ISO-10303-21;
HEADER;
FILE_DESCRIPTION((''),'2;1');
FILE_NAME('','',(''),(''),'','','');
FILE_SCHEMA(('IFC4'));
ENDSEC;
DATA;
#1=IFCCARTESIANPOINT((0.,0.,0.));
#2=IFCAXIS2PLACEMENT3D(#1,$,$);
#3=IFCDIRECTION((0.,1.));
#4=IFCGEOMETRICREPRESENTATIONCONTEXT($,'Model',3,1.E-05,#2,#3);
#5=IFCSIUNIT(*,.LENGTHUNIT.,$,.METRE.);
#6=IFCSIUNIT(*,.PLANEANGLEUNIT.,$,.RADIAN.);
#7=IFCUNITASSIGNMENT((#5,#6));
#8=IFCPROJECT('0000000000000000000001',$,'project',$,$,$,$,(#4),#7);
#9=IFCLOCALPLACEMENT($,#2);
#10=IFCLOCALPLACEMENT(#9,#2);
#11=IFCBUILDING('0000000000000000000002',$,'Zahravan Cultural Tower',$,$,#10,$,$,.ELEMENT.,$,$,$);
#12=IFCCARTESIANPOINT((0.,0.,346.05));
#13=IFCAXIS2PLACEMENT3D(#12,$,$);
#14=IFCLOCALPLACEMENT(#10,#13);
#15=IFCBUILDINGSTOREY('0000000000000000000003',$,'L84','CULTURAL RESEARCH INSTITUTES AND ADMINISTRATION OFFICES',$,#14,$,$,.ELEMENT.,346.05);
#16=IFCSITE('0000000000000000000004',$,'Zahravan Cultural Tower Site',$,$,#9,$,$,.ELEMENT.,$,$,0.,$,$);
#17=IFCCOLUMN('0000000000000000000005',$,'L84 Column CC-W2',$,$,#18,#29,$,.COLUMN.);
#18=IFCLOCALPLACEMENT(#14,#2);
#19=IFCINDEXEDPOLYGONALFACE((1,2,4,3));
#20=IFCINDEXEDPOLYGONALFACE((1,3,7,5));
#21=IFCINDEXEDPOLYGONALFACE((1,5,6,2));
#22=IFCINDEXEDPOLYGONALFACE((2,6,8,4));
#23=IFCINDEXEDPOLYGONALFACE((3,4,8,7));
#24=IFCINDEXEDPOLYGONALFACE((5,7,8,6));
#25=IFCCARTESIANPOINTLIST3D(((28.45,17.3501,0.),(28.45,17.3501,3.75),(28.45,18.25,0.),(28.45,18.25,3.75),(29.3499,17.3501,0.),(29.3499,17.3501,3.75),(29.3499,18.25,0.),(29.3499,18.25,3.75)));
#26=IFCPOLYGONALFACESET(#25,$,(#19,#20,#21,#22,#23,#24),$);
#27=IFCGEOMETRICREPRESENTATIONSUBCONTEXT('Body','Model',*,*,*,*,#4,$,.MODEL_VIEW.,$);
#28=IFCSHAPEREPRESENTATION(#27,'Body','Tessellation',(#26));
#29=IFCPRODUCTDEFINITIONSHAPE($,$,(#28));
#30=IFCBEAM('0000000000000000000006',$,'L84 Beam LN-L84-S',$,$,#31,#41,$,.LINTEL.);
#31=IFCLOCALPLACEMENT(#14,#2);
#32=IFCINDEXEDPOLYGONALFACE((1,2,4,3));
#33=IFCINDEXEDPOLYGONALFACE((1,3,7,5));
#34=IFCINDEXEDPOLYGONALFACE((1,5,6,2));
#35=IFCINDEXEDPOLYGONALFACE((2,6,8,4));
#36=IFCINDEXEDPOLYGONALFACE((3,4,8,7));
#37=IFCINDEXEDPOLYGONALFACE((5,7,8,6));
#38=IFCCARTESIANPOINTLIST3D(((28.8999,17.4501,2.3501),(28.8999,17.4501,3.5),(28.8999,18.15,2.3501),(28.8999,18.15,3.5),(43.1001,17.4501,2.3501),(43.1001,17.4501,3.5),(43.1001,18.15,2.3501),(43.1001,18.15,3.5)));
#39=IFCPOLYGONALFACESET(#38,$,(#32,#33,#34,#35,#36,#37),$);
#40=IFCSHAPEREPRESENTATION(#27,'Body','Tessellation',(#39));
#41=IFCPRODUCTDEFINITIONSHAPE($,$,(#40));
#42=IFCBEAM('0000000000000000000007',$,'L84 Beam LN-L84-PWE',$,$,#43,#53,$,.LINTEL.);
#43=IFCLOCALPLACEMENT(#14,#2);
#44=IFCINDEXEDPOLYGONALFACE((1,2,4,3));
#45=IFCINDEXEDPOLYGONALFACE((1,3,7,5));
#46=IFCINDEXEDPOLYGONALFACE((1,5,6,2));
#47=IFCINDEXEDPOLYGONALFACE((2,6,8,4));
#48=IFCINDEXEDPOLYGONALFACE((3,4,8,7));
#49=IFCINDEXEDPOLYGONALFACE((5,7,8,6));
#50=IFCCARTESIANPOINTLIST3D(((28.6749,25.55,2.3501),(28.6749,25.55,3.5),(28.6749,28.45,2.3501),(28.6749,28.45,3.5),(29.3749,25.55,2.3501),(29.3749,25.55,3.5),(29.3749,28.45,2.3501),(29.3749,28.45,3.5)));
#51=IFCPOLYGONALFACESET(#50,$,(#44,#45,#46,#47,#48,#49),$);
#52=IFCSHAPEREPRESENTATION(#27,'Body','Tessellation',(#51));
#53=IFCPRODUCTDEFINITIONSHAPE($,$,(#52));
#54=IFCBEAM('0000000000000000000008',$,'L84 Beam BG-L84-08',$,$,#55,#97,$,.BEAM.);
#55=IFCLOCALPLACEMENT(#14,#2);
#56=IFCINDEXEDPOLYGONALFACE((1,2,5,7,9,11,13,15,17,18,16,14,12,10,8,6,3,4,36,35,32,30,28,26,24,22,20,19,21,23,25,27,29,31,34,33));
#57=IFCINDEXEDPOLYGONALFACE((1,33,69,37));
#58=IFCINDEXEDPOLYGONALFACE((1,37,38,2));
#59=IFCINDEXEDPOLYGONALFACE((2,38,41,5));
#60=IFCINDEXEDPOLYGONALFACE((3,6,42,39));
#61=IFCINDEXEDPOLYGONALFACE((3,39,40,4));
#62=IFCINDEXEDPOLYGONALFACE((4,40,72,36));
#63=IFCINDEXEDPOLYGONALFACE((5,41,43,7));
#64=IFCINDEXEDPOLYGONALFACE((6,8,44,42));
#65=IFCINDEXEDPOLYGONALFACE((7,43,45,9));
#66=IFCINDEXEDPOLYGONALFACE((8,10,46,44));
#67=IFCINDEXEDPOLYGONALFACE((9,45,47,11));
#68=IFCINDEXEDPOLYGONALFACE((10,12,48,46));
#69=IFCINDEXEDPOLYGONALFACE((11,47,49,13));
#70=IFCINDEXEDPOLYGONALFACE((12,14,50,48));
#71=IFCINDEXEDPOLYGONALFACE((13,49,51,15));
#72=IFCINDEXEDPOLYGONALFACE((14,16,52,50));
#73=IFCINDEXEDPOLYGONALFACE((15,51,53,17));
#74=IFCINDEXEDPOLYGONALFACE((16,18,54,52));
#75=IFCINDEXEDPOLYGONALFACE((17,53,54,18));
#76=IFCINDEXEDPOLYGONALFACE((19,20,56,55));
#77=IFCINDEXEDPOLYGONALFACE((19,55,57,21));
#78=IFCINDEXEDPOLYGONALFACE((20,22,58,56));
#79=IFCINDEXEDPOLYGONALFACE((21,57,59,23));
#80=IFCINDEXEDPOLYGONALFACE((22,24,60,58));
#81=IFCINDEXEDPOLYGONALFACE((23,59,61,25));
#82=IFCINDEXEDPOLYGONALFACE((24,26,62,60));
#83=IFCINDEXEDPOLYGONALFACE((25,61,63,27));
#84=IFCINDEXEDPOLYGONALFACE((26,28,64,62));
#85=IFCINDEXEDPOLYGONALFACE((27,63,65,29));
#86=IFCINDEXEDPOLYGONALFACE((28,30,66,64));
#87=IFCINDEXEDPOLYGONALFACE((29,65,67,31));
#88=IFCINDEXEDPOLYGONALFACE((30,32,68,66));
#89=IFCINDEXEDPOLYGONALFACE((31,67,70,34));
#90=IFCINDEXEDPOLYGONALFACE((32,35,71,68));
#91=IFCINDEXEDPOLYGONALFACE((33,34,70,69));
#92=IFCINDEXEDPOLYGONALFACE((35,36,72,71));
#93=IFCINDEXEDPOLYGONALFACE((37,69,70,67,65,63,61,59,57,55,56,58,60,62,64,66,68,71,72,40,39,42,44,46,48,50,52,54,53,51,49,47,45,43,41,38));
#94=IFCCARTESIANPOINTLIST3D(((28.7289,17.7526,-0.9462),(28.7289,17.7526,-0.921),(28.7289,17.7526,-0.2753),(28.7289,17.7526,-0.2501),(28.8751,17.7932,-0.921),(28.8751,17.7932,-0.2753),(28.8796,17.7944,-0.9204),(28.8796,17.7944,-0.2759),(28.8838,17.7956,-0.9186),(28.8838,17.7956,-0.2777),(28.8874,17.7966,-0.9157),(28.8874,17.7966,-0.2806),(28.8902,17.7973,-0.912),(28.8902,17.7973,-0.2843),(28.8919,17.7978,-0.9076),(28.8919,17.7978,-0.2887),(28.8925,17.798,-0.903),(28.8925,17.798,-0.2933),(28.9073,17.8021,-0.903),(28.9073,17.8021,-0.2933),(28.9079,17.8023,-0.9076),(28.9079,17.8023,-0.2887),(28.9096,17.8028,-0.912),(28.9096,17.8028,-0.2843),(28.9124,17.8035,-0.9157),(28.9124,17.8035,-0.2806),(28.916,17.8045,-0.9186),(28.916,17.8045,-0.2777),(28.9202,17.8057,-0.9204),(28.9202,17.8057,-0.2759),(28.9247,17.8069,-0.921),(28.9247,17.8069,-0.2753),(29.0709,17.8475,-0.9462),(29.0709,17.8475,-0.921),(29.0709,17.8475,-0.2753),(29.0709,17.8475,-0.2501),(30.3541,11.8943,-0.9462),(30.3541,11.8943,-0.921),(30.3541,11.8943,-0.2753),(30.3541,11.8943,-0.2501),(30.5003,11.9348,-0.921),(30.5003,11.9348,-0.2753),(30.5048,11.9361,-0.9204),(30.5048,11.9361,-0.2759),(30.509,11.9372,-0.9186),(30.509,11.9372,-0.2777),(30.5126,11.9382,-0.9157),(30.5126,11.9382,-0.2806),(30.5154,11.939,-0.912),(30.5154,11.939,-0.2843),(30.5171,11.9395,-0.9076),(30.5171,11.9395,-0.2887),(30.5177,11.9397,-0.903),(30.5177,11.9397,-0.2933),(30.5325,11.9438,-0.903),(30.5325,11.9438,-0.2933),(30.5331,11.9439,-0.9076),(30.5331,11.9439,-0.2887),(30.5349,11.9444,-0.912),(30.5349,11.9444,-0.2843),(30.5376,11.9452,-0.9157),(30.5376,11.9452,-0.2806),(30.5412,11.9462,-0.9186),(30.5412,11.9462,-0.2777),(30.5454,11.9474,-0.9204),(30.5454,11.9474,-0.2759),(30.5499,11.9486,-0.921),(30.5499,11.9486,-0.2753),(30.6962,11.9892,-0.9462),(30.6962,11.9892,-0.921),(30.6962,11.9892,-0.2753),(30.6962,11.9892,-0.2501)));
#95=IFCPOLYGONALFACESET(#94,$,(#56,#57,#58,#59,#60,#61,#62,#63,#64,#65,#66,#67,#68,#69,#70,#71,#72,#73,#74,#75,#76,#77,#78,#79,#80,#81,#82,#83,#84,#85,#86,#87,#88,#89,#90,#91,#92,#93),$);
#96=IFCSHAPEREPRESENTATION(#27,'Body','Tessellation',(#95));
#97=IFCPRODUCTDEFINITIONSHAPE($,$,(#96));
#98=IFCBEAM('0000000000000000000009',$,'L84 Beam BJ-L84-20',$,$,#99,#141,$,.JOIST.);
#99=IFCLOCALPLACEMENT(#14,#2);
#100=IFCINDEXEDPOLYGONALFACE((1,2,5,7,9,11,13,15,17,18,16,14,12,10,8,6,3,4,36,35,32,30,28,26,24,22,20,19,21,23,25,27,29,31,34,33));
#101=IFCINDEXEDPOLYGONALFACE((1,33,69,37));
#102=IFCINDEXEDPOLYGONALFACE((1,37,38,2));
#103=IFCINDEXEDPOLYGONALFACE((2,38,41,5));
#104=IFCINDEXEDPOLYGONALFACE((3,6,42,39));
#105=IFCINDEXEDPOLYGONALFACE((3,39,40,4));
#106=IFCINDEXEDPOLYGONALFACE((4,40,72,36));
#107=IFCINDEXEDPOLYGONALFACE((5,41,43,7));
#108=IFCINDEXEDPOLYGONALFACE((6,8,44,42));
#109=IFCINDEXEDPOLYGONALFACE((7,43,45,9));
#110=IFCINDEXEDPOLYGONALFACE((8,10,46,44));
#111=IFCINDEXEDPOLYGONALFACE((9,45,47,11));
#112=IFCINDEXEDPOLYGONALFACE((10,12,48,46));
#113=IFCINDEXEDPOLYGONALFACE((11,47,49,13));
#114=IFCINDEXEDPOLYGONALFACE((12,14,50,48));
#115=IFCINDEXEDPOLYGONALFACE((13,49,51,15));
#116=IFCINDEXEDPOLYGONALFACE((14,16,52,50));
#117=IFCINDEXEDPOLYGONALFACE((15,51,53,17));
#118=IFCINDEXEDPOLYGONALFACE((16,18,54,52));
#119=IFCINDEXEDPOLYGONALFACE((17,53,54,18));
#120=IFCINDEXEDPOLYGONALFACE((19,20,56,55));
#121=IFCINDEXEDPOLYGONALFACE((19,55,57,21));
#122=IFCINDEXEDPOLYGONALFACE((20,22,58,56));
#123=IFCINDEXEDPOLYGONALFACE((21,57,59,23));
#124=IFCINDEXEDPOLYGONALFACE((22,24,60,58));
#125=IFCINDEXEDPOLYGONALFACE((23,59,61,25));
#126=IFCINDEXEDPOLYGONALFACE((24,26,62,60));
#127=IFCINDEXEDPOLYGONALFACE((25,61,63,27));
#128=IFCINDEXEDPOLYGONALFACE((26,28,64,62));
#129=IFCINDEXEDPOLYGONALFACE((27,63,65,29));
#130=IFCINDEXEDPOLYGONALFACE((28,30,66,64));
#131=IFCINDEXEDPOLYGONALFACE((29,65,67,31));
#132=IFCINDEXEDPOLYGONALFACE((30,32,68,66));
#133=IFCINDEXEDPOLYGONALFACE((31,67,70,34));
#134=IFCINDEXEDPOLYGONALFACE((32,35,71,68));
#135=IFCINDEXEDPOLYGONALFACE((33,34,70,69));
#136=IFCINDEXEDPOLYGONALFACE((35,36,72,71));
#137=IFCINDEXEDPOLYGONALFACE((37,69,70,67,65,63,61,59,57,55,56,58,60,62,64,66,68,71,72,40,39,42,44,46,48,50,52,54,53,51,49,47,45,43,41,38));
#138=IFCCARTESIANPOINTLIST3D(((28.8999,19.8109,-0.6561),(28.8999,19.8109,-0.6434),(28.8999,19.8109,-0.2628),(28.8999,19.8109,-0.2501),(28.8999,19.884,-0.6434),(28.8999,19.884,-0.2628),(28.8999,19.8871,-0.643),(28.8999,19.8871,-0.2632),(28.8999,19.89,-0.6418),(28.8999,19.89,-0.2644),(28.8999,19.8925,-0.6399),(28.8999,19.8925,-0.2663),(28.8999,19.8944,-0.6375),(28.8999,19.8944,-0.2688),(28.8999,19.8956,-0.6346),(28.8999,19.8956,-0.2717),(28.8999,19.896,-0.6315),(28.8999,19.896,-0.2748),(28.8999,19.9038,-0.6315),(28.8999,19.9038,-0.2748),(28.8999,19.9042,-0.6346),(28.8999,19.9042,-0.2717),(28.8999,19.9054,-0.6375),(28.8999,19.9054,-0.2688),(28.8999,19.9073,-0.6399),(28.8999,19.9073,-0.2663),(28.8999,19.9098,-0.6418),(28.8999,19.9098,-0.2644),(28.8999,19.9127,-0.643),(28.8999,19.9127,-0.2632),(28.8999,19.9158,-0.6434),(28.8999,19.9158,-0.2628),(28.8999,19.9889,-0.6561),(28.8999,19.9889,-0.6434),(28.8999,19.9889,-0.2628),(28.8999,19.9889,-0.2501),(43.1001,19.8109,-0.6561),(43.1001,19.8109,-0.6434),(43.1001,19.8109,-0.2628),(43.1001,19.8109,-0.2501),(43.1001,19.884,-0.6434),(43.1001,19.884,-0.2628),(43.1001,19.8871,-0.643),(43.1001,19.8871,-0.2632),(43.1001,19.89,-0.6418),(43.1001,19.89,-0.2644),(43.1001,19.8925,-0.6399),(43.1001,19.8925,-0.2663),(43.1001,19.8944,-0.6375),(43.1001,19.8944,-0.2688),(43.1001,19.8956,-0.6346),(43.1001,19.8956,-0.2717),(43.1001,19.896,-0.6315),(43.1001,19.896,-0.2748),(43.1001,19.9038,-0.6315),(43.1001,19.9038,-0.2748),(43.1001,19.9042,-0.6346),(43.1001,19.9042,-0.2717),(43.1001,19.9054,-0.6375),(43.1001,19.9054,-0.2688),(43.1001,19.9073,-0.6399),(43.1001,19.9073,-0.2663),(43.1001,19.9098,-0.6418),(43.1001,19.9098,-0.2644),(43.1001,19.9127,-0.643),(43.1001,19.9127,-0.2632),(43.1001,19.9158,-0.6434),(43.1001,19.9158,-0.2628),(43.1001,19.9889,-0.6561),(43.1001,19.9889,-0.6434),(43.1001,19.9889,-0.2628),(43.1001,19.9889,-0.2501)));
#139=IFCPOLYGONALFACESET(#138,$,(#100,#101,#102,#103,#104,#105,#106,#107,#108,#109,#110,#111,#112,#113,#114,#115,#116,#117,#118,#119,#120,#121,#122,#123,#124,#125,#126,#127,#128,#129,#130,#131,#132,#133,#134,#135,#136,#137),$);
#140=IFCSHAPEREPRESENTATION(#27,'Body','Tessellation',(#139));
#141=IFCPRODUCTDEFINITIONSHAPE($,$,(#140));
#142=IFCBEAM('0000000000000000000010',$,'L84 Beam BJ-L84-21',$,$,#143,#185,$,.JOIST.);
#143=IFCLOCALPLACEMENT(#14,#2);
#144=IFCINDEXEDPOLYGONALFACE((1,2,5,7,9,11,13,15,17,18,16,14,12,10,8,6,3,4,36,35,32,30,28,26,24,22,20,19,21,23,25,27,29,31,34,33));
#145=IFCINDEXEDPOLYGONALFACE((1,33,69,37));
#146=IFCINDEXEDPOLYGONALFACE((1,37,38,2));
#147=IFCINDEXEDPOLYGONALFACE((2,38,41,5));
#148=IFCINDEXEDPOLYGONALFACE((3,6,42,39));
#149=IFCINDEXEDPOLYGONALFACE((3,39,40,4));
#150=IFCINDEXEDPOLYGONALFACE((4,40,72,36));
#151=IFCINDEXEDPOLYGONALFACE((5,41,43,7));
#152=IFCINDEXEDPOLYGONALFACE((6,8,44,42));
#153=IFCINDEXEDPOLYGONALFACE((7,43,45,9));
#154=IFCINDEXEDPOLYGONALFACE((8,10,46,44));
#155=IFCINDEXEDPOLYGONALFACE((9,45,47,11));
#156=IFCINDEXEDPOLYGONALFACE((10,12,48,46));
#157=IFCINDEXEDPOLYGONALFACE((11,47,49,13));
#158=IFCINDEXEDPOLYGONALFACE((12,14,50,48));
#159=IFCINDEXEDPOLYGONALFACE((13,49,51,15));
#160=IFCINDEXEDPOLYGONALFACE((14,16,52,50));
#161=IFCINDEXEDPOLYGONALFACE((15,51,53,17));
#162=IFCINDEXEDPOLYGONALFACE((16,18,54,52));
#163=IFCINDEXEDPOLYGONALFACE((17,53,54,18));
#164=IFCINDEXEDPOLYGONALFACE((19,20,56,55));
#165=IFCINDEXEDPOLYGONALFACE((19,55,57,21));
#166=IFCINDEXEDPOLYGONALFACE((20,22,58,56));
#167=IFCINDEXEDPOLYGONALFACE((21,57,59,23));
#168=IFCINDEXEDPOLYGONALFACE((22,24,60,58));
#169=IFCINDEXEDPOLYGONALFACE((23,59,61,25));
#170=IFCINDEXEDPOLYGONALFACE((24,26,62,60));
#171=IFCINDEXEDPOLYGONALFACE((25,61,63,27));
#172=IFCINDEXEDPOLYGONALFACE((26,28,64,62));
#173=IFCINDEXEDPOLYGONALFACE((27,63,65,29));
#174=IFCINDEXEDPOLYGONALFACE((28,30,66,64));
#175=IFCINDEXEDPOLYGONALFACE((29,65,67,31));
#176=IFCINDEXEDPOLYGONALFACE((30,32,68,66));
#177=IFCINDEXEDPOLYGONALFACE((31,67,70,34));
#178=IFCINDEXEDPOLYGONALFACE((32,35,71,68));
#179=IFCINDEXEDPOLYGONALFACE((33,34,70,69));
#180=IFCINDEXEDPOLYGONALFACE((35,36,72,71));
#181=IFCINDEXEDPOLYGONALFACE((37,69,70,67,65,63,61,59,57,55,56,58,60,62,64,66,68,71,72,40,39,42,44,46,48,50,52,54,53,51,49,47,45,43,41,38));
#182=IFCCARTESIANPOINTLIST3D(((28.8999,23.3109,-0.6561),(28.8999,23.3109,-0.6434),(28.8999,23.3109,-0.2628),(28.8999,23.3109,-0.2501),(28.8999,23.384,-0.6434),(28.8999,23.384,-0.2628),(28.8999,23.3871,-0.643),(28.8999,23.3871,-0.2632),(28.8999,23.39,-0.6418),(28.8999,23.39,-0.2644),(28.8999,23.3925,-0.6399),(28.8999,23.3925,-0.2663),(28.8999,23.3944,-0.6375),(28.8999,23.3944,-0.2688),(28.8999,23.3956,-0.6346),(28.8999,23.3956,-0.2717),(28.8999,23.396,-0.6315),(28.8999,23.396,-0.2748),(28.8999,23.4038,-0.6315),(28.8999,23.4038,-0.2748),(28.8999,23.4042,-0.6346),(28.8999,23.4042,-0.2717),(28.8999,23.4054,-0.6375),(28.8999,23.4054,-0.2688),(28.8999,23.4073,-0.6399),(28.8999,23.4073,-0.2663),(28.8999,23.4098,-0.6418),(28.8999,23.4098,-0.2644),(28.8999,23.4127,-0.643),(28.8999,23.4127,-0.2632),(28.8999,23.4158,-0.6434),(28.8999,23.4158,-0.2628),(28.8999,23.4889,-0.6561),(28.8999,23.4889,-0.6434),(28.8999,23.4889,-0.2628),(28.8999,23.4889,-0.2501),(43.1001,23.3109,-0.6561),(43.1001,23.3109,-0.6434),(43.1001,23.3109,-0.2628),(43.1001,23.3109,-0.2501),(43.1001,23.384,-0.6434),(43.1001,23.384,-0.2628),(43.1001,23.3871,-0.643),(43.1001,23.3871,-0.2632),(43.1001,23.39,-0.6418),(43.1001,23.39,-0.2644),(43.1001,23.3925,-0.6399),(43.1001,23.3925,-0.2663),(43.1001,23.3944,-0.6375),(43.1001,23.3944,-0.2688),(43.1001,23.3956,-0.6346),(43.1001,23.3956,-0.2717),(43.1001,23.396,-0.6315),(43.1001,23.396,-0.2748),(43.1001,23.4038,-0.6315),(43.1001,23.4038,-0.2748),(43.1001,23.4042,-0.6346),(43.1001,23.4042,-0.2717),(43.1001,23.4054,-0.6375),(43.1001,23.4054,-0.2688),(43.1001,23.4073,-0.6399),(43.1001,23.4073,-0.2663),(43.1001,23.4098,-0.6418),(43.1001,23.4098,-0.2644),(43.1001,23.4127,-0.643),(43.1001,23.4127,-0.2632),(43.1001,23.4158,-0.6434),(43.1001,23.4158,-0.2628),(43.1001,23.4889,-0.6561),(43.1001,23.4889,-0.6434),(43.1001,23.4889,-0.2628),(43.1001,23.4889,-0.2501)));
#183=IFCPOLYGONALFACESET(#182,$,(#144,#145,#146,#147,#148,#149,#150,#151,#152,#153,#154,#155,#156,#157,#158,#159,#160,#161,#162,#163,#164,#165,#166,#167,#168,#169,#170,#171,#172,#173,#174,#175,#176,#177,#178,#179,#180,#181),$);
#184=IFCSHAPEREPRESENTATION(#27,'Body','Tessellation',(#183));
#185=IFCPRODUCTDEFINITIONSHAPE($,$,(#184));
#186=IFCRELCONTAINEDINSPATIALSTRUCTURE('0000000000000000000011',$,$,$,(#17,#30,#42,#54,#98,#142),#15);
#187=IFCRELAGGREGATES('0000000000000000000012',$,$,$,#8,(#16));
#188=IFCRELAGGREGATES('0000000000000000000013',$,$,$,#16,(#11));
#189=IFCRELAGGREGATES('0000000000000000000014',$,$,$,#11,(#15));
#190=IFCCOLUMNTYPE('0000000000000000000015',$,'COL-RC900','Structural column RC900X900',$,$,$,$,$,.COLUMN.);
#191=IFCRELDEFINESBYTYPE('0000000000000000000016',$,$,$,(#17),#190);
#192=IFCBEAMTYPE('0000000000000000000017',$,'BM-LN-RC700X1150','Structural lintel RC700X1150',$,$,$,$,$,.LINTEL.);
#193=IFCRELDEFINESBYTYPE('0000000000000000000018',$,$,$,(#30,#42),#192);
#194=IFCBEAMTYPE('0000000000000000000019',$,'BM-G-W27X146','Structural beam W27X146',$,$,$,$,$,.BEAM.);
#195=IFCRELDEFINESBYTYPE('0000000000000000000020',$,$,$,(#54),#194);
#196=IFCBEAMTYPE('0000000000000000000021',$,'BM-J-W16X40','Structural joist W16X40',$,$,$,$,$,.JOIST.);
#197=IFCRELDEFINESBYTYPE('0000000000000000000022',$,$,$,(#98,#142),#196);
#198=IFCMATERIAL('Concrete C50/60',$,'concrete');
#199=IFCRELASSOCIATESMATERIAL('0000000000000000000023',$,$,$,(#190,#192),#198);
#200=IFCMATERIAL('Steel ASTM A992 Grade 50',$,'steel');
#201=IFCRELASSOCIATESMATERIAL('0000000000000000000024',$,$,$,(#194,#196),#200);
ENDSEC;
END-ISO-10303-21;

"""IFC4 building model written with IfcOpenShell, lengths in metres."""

from ifc_helpers import new_model, si_unit, direction, frame, origin, origin_2d, place, context, subcontext, project, spatial, rectangle, i_section, extrude, source, transform, mapped, material, material_profile, profile_set, type_object, element, save


model = new_model("IFC4")

# Units and contexts
model_context = context("Model", 3, precision=1e-05, world=origin(), true_north=direction((0.0, 1.0)))
body_context = subcontext(model_context, "Body", "Model", "MODEL_VIEW")
ifc_project = project(units=[si_unit("LENGTHUNIT", "METRE"), si_unit("PLANEANGLEUNIT", "RADIAN")], contexts=[model_context])

# Site, building, storey
site_placement = place(None, origin())
site = spatial("IfcSite", under=ifc_project, at=site_placement, Name="Zahravan Cultural Tower Site", CompositionType="ELEMENT", RefElevation=0.0)
building_placement = place(site_placement, origin())
building = spatial("IfcBuilding", under=site, at=building_placement, Name="Zahravan Cultural Tower", CompositionType="ELEMENT")
storey_placement = place(building_placement, frame((0.0, 0.0, 346.05)))
storey = spatial("IfcBuildingStorey", under=building, at=storey_placement, Name="L84", Description="CULTURAL RESEARCH INSTITUTES AND ADMINISTRATION OFFICES", CompositionType="ELEMENT", Elevation=346.05)

# Column
ifc_material_1 = material(Name="Concrete C50/60", Category="concrete")
ifc_material_profile_1 = material_profile(ifc_material_1, rectangle(XDim=0.8999, YDim=0.8999, at=origin_2d()), Name="RC900X900")
ifc_profile_set_1 = profile_set([ifc_material_profile_1], Name="Concrete C50/60")
column_type = type_object("IfcColumnType", Name="COL-RC900", Description="Structural column RC900X900", PredefinedType="COLUMN", material=ifc_profile_set_1)
shared_shape_1 = source(origin(), body_context, "Body", "SweptSolid", [
    extrude(rectangle(XDim=0.8999, YDim=0.8999, at=origin_2d()), origin(), (0.0, 0.0, 1.0), 3.75),
])
column_placement = place(storey_placement, frame((28.8999, 17.8, 0.0), z_axis=(0.0, 0.0, 1.0), x_axis=(1.0, 0.0, 0.0)))
element("IfcColumn", 1, at=column_placement, inside=storey, type_object=column_type, Name="L84 Column CC-W2", PredefinedType="COLUMN", context=body_context, shape_type="MappedRepresentation", body=[
    mapped(shared_shape_1, transform((0.0, 0.0, 0.0), x_axis=(1.0, 0.0, 0.0), y_axis=(0.0, 1.0, 0.0), z_axis=(0.0, 0.0, 1.0), scale=1.0)),
])

# Beams
ifc_material_profile_2 = material_profile(ifc_material_1, rectangle(XDim=0.7, YDim=1.1499, at=origin_2d()), Name="RC700X1150")
ifc_profile_set_2 = profile_set([ifc_material_profile_2], Name="Concrete C50/60")
beam_type_1 = type_object("IfcBeamType", Name="BM-LN-RC700X1150", Description="Structural lintel RC700X1150", PredefinedType="LINTEL", material=ifc_profile_set_2)
shared_shape_2 = source(origin(), body_context, "Body", "SweptSolid", [
    extrude(rectangle(XDim=0.7, YDim=1.1499, at=origin_2d()), origin(), (0.0, 0.0, 1.0), 14.2002),
])
beam_1_placement = place(storey_placement, frame((28.8999, 17.8, 2.925), z_axis=(1.0, 0.0, 0.0), x_axis=(0.0, 1.0, 0.0)))
element("IfcBeam", 2, at=beam_1_placement, inside=storey, type_object=beam_type_1, Name="L84 Beam LN-L84-S", PredefinedType="LINTEL", context=body_context, shape_type="MappedRepresentation", body=[
    mapped(shared_shape_2, transform((0.0, 0.0, 0.0), x_axis=(1.0, 0.0, 0.0), y_axis=(0.0, 1.0, 0.0), z_axis=(0.0, 0.0, 1.0), scale=1.0)),
])
shared_shape_3 = source(origin(), body_context, "Body", "SweptSolid", [
    extrude(rectangle(XDim=0.7, YDim=1.1499, at=origin_2d()), origin(), (0.0, 0.0, 1.0), 2.8999),
])
beam_2_placement = place(storey_placement, frame((29.0249, 25.55, 2.925), z_axis=(0.0, 1.0, 0.0), x_axis=(-1.0, 0.0, 0.0)))
element("IfcBeam", 3, at=beam_2_placement, inside=storey, type_object=beam_type_1, Name="L84 Beam LN-L84-PWE", PredefinedType="LINTEL", context=body_context, shape_type="MappedRepresentation", body=[
    mapped(shared_shape_3, transform((0.0, 0.0, 0.0), x_axis=(1.0, 0.0, 0.0), y_axis=(0.0, 1.0, 0.0), z_axis=(0.0, 0.0, 1.0), scale=1.0)),
])
ifc_material_2 = material(Name="Steel ASTM A992 Grade 50", Category="steel")
ifc_material_profile_3 = material_profile(ifc_material_2, i_section(OverallWidth=0.355, OverallDepth=0.696, WebThickness=0.0154, FlangeThickness=0.0251, FilletRadius=0.0181, at=origin_2d()), Name="W27X146")
ifc_profile_set_3 = profile_set([ifc_material_profile_3], Name="Steel ASTM A992 Grade 50")
beam_type_2 = type_object("IfcBeamType", Name="BM-G-W27X146", Description="Structural beam W27X146", PredefinedType="BEAM", material=ifc_profile_set_3)
shared_shape_4 = source(origin(), body_context, "Body", "SweptSolid", [
    extrude(i_section(OverallWidth=0.355, OverallDepth=0.696, WebThickness=0.0154, FlangeThickness=0.0251, FilletRadius=0.0181, at=origin_2d()), origin(), (0.0, 0.0, 1.0), 6.0796),
])
beam_3_placement = place(storey_placement, frame((28.8999, 17.8, -0.5981), z_axis=(0.267325, -0.963606, 0.0), x_axis=(0.963606, 0.267325, 0.0)))
element("IfcBeam", 4, at=beam_3_placement, inside=storey, type_object=beam_type_2, Name="L84 Beam BG-L84-08", PredefinedType="BEAM", context=body_context, shape_type="MappedRepresentation", body=[
    mapped(shared_shape_4, transform((0.0, 0.0, 0.0), x_axis=(1.0, 0.0, 0.0), y_axis=(0.0, 1.0, 0.0), z_axis=(0.0, 0.0, 1.0), scale=1.0)),
])
ifc_material_profile_4 = material_profile(ifc_material_2, i_section(OverallWidth=0.178, OverallDepth=0.406, WebThickness=0.0078, FlangeThickness=0.0127, FilletRadius=0.012, at=origin_2d()), Name="W16X40")
ifc_profile_set_4 = profile_set([ifc_material_profile_4], Name="Steel ASTM A992 Grade 50")
beam_type_3 = type_object("IfcBeamType", Name="BM-J-W16X40", Description="Structural joist W16X40", PredefinedType="JOIST", material=ifc_profile_set_4)
shared_shape_5 = source(origin(), body_context, "Body", "SweptSolid", [
    extrude(i_section(OverallWidth=0.178, OverallDepth=0.406, WebThickness=0.0078, FlangeThickness=0.0127, FilletRadius=0.012, at=origin_2d()), origin(), (0.0, 0.0, 1.0), 14.2002),
])
for number, where, z_axis, x_axis, name in (
    (5, (28.8999, 19.8999, -0.4531), (1.0, 0.0, 0.0), (0.0, 1.0, 0.0), "L84 Beam BJ-L84-20"),
    (6, (28.8999, 23.3999, -0.4531), (1.0, 0.0, 0.0), (0.0, 1.0, 0.0), "L84 Beam BJ-L84-21"),
):
    element("IfcBeam", number, at=place(storey_placement, frame(where, z_axis=z_axis, x_axis=x_axis)), inside=storey, type_object=beam_type_3, Name=name, PredefinedType="JOIST", context=body_context, shape_type="MappedRepresentation", body=[
        mapped(shared_shape_5, transform((0.0, 0.0, 0.0), x_axis=(1.0, 0.0, 0.0), y_axis=(0.0, 1.0, 0.0), z_axis=(0.0, 0.0, 1.0), scale=1.0)),
    ])

save(model, "model.ifc")
